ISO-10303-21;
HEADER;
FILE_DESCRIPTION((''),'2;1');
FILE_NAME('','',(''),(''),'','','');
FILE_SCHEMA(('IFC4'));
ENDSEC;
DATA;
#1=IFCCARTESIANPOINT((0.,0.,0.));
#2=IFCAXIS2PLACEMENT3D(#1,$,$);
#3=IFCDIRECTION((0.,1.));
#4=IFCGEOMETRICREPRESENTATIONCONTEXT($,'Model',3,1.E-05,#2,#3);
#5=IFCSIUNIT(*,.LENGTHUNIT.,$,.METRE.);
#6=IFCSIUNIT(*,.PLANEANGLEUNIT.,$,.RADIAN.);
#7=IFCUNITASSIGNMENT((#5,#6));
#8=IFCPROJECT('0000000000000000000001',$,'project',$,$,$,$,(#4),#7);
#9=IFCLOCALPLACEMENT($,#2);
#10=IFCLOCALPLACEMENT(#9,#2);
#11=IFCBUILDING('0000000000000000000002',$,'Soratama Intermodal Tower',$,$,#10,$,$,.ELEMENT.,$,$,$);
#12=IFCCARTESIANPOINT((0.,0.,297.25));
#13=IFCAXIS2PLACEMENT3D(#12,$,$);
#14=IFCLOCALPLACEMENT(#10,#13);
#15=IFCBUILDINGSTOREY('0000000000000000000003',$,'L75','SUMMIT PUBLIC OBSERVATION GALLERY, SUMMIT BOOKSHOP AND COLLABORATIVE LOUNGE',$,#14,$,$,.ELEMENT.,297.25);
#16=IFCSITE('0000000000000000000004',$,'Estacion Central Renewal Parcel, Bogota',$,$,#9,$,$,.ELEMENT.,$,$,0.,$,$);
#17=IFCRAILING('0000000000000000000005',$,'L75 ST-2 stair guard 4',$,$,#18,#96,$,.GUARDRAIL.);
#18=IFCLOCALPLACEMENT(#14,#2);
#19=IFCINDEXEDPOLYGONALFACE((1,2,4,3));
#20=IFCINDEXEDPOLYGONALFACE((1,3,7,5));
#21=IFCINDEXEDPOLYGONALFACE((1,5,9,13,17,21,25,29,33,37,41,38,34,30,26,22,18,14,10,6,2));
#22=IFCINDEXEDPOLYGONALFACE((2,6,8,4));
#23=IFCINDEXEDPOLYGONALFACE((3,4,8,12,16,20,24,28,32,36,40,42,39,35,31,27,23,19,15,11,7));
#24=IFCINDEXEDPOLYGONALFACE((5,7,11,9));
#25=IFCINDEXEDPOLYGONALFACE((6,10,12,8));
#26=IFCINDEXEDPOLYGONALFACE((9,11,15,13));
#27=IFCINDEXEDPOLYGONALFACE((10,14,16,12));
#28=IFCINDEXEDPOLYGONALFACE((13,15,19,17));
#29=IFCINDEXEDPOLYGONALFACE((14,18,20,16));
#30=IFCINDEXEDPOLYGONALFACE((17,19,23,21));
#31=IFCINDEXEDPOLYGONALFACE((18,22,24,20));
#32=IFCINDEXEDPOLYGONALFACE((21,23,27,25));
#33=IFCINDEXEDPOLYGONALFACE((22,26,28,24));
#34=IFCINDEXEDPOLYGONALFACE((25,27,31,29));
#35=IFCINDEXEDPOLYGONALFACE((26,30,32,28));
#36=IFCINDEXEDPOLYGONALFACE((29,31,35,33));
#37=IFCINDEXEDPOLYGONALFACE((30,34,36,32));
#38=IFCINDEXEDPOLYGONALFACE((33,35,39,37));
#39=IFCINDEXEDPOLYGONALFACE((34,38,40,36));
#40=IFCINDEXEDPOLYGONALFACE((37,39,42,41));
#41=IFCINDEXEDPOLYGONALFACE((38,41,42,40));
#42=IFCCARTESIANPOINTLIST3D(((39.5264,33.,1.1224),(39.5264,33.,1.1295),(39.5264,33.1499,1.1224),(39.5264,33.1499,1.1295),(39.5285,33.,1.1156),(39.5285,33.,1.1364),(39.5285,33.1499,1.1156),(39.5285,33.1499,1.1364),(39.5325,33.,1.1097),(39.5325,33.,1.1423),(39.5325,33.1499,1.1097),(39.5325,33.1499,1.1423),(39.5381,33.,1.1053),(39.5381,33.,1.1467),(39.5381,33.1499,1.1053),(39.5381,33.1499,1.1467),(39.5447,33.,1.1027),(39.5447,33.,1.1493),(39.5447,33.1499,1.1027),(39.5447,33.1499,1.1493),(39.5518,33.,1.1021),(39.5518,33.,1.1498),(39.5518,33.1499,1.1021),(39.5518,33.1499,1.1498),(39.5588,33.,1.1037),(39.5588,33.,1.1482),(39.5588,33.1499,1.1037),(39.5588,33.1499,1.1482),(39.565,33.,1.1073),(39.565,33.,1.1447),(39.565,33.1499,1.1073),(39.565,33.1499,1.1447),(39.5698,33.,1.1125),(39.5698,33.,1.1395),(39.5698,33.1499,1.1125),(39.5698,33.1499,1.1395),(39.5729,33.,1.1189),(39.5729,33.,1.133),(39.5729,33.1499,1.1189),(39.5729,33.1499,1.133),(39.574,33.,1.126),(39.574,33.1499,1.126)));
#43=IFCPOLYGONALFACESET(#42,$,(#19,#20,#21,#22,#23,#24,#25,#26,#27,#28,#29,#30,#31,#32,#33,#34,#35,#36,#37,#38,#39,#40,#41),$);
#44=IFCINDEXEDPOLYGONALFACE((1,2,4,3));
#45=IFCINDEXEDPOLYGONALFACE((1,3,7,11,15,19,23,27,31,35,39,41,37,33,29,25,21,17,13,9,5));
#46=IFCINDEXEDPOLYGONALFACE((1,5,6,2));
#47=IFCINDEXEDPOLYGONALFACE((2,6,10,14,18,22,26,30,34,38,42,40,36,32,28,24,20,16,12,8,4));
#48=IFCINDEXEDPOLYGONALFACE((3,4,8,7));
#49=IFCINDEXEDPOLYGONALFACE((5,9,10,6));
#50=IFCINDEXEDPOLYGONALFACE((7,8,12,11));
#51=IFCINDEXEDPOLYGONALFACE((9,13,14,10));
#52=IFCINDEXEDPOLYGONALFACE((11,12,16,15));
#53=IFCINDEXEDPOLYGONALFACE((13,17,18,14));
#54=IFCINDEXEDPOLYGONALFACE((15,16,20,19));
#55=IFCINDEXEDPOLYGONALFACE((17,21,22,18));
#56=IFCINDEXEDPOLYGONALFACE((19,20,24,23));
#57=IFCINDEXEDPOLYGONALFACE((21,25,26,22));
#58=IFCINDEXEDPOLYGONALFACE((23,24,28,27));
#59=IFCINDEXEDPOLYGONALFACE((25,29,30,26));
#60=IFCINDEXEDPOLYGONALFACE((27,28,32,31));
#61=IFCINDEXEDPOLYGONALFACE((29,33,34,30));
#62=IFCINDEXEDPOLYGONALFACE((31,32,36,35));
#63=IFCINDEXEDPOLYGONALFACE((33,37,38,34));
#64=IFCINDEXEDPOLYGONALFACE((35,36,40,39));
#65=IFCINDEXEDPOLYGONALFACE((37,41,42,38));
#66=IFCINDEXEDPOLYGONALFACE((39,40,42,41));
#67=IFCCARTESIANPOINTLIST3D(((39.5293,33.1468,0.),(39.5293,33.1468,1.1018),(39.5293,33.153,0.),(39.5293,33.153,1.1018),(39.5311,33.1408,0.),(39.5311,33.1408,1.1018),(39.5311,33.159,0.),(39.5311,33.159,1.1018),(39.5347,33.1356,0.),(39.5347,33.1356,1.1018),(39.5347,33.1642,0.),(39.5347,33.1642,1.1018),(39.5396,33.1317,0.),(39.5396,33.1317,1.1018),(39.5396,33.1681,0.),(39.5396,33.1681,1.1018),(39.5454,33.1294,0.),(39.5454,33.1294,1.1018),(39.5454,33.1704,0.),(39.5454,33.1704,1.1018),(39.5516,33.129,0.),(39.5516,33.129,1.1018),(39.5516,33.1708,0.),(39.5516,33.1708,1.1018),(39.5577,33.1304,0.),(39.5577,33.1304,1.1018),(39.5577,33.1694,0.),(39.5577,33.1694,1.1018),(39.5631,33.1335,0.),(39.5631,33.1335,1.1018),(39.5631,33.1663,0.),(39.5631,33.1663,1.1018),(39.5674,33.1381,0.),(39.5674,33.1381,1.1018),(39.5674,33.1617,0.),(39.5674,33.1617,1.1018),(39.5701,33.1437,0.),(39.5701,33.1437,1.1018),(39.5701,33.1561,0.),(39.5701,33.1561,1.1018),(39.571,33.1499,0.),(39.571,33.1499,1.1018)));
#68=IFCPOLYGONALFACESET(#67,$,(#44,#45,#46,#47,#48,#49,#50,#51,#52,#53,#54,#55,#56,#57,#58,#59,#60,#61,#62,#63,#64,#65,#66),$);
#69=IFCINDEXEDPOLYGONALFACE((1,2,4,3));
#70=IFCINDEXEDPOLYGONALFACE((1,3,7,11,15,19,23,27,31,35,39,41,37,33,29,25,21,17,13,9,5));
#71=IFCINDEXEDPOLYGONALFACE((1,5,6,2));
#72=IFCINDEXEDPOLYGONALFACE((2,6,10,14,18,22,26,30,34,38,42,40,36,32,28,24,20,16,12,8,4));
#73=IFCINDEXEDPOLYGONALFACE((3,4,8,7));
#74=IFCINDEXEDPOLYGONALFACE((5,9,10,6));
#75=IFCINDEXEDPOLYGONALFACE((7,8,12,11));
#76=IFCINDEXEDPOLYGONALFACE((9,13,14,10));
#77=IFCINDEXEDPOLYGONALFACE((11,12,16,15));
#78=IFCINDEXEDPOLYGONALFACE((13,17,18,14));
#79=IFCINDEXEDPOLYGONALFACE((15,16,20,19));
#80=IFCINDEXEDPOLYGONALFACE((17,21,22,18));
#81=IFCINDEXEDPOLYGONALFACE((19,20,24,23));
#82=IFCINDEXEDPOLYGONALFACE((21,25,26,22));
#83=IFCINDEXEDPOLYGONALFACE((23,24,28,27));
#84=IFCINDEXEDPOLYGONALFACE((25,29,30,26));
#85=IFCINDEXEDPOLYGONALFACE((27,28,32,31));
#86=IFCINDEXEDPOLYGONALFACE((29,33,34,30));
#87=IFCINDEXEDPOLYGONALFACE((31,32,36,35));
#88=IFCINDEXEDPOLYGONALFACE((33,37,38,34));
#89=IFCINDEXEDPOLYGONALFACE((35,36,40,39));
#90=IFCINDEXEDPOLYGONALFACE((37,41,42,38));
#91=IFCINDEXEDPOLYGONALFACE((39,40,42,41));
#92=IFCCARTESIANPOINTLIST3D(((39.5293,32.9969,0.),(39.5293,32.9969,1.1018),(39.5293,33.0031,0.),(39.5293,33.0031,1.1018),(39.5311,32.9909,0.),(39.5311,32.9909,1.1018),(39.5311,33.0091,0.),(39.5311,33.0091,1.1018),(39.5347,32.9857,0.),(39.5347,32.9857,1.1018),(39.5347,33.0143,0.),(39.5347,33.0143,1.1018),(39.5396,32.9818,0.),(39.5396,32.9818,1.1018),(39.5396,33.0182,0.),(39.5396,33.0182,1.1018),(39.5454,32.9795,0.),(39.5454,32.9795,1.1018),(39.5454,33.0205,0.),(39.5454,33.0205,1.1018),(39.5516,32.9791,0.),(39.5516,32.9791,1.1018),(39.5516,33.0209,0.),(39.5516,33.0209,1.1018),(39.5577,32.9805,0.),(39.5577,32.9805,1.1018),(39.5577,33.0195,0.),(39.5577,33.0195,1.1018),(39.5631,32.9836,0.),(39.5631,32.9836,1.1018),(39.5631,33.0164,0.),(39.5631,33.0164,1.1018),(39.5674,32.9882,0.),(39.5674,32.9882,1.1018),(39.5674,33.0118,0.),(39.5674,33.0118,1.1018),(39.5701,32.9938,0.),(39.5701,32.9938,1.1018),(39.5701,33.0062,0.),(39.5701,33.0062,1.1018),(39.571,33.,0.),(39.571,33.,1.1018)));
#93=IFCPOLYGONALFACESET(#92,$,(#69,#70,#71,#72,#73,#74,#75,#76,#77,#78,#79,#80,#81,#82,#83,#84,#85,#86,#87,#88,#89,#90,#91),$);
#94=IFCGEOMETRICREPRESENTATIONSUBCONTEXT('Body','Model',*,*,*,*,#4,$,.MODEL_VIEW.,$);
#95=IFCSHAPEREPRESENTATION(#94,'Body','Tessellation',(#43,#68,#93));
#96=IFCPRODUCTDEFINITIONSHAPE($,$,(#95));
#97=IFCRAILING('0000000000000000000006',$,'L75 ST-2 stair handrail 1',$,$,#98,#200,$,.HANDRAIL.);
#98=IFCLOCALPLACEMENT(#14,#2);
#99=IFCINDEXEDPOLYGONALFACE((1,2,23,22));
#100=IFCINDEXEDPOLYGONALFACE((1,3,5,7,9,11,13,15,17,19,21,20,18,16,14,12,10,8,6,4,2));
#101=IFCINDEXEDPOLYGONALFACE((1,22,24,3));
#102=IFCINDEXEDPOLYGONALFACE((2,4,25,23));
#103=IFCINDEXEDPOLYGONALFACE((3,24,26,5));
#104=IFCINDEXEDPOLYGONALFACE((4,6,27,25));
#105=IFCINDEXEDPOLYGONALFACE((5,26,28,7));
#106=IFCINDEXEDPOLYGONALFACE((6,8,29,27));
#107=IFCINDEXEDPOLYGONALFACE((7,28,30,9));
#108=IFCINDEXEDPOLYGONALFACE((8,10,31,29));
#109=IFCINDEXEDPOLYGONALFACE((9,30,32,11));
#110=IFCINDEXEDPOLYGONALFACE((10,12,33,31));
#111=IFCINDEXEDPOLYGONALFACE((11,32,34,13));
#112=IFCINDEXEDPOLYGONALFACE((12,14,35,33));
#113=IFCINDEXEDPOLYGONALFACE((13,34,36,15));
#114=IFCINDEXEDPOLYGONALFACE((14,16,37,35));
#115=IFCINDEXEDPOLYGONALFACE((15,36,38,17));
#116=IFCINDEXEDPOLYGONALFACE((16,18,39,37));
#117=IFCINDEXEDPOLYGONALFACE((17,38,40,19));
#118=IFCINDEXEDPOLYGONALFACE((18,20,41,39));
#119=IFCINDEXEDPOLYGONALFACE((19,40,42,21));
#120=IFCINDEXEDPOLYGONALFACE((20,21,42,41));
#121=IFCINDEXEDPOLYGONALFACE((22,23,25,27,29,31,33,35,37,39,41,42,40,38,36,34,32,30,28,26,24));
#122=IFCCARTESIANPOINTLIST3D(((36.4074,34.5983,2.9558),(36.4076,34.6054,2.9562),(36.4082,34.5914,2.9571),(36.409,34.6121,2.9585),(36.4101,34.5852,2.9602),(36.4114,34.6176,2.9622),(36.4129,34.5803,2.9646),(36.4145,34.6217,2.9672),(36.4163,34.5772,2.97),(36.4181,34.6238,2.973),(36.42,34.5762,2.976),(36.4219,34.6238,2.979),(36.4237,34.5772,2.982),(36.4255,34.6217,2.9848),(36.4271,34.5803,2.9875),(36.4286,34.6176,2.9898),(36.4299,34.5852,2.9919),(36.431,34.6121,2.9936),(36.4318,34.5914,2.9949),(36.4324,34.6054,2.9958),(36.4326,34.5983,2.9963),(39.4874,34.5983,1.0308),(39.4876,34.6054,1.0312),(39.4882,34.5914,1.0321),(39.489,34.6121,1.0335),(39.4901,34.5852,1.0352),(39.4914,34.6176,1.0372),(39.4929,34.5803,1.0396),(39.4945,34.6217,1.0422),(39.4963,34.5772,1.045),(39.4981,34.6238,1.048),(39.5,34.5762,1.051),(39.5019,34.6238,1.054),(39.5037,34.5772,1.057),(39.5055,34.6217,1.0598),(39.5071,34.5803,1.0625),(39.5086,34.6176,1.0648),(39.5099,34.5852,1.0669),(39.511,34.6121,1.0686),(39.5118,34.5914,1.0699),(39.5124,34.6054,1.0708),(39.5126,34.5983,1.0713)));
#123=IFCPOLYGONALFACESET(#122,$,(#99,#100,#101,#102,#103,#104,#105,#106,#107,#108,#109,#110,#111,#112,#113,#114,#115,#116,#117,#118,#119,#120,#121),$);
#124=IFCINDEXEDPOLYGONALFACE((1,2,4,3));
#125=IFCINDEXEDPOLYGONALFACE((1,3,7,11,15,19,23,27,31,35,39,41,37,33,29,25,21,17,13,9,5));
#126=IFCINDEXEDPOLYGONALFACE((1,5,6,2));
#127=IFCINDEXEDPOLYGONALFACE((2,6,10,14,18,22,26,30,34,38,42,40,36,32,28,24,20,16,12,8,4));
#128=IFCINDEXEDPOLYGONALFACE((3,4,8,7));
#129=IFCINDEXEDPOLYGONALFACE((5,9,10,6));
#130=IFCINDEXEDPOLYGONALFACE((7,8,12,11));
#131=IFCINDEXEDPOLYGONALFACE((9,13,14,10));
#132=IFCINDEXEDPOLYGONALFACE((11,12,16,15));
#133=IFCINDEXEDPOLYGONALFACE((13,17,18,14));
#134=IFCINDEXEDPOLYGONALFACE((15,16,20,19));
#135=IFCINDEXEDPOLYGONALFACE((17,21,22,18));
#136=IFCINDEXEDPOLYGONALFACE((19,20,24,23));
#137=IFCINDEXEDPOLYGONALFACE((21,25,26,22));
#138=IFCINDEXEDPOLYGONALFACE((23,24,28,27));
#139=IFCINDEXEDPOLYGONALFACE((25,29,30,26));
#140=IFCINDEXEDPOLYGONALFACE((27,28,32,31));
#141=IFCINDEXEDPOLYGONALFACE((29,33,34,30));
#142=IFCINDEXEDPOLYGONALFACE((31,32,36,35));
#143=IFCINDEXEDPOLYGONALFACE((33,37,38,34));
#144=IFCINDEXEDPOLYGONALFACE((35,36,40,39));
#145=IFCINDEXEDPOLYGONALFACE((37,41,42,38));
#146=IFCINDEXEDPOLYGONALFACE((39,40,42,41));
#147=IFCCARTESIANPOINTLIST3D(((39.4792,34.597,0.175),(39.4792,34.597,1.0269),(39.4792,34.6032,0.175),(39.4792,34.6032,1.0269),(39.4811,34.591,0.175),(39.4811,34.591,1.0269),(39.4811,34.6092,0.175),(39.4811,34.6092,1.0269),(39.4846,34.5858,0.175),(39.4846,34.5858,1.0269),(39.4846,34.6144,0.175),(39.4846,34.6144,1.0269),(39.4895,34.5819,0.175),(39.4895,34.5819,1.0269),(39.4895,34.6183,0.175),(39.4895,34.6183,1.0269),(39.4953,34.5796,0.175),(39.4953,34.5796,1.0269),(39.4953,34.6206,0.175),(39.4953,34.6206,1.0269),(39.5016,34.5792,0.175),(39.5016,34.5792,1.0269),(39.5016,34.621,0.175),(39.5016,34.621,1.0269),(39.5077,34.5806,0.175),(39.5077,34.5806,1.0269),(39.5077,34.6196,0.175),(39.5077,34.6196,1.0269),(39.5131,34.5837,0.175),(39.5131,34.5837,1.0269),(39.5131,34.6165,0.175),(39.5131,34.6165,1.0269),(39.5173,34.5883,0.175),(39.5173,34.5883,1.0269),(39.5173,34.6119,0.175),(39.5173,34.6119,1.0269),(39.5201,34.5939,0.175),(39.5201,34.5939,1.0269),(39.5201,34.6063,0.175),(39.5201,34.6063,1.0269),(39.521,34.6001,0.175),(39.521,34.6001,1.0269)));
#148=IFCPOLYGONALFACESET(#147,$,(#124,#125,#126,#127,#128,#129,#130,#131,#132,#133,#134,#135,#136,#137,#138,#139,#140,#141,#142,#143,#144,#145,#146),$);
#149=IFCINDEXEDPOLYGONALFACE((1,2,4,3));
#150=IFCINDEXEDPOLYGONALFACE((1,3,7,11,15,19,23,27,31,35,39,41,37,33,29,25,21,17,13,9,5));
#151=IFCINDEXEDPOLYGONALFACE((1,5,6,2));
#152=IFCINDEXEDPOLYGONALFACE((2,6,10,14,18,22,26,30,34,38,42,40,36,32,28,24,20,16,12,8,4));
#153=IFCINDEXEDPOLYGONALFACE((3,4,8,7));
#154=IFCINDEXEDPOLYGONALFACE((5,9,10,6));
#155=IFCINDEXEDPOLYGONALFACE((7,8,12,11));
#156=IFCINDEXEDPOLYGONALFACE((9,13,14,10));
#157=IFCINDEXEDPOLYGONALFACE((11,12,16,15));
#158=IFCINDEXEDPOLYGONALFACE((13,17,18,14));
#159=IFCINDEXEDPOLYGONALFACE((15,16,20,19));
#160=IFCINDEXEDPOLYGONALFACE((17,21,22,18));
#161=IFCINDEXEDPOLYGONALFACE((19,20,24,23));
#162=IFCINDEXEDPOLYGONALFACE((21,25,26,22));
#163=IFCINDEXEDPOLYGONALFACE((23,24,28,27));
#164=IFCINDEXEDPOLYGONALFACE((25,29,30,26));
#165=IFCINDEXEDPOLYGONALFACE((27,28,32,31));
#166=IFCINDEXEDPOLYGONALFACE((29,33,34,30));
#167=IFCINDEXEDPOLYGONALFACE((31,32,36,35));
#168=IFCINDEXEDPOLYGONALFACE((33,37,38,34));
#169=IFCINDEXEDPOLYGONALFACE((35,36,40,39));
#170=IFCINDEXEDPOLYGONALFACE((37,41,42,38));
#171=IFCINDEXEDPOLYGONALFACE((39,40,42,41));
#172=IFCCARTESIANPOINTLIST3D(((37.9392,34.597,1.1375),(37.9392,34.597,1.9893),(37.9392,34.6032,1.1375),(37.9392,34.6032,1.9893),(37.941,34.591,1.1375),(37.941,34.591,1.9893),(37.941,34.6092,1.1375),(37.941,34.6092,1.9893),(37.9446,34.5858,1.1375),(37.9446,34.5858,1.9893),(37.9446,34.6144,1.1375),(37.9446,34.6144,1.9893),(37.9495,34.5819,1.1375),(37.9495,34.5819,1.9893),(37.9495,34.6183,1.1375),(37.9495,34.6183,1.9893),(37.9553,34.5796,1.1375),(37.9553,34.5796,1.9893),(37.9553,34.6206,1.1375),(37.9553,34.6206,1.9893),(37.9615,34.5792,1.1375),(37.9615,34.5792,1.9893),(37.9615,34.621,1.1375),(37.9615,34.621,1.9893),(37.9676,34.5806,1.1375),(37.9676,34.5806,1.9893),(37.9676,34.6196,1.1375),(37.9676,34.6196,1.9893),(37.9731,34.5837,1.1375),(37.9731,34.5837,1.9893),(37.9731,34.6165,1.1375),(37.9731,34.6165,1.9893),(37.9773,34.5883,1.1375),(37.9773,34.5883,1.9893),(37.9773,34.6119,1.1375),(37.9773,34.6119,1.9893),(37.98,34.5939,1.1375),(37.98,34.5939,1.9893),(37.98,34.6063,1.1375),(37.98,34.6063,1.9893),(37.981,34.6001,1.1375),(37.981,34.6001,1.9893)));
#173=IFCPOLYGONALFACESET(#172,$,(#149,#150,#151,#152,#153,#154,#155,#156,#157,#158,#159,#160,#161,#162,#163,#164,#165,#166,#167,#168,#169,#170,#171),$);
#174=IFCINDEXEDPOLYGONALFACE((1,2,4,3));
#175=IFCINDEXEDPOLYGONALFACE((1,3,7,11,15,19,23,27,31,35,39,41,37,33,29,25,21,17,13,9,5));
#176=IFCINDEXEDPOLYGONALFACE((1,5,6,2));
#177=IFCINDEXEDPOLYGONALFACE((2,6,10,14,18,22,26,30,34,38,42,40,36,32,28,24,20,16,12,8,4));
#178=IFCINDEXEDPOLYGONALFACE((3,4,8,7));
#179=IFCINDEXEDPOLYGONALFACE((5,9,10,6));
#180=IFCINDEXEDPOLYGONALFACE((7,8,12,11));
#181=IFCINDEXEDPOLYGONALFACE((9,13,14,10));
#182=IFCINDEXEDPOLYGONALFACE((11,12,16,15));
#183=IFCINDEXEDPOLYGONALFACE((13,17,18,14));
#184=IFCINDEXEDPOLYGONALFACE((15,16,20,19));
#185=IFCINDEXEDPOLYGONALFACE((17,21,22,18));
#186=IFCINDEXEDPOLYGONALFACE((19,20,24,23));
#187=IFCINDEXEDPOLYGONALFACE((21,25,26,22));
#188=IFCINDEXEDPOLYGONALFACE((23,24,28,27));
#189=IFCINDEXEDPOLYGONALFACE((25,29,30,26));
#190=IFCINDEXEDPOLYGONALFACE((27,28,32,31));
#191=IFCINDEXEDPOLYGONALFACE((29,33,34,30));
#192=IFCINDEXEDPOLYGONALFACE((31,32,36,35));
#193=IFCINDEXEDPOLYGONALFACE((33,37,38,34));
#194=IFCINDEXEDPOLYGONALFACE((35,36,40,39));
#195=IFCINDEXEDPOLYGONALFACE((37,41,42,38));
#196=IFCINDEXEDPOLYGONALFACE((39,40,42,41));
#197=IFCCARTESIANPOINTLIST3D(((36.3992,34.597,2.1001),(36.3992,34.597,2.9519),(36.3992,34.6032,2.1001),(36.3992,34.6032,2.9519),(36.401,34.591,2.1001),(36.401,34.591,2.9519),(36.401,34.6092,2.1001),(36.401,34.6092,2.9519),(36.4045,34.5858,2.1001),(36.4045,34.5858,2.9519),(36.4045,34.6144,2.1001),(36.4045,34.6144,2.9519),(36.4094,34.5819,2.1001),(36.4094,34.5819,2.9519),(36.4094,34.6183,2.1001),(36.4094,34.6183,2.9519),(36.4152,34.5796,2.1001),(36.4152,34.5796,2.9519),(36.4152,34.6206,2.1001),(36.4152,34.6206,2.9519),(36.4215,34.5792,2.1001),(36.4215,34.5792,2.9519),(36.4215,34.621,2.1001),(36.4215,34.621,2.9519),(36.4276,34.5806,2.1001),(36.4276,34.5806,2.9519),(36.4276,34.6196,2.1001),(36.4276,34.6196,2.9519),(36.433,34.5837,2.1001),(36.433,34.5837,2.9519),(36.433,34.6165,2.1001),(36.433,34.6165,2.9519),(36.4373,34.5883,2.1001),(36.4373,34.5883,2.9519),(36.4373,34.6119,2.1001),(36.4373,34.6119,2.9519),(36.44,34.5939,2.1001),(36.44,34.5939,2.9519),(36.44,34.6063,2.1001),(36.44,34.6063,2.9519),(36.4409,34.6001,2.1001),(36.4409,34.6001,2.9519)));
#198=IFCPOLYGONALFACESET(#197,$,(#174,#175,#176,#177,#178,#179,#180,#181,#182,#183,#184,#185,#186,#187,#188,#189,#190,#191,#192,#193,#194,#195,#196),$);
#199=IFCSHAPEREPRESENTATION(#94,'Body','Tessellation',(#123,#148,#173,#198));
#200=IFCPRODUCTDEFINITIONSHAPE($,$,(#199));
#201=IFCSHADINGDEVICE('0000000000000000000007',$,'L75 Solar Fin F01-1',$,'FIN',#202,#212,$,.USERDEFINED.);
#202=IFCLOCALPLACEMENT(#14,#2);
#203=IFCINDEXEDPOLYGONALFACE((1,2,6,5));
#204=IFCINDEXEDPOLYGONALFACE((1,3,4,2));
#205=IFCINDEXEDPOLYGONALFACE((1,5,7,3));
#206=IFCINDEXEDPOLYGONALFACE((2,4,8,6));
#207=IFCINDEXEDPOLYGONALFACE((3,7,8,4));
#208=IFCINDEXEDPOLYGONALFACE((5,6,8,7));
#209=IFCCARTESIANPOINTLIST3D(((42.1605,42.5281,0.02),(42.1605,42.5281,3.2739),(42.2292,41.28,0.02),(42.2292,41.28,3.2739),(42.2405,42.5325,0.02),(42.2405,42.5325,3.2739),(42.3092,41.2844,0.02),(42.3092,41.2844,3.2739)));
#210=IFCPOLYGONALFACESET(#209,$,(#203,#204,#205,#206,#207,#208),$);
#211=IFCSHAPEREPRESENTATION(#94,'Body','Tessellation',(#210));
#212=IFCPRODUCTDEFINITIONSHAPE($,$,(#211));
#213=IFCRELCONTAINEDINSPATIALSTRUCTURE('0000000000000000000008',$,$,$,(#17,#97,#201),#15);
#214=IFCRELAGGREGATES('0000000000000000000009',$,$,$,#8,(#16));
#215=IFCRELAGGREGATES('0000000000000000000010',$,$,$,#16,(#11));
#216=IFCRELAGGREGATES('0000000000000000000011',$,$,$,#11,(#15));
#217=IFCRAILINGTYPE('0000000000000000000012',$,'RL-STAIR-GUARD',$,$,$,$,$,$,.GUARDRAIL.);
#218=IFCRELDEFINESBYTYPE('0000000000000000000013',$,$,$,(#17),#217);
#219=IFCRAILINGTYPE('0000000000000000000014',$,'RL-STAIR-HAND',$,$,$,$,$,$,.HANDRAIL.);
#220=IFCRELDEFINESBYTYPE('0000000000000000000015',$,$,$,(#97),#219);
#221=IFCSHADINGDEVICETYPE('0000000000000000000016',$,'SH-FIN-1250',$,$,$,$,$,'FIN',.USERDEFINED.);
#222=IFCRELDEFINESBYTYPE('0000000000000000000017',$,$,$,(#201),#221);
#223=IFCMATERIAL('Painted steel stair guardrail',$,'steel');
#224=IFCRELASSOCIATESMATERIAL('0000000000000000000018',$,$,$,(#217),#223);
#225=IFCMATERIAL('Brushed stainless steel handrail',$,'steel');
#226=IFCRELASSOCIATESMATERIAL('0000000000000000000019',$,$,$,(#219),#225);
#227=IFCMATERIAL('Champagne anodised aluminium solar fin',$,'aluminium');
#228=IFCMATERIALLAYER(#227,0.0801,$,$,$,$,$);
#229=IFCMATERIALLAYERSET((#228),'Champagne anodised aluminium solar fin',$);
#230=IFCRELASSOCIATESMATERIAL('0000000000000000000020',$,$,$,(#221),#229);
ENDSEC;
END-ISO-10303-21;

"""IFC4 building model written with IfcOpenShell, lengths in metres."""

from ifc_helpers import new_model, si_unit, direction, frame, origin, origin_2d, place, context, subcontext, project, spatial, rectangle, circle, extrude, material, layer, layer_set, type_object, element, save


model = new_model("IFC4")

# Units and contexts
model_context = context("Model", 3, precision=1e-05, world=origin(), true_north=direction((0.0, 1.0)))
body_context = subcontext(model_context, "Body", "Model", "MODEL_VIEW")
ifc_project = project(units=[si_unit("LENGTHUNIT", "METRE"), si_unit("PLANEANGLEUNIT", "RADIAN")], contexts=[model_context])

# Site, building, storey
site_placement = place(None, origin())
site = spatial("IfcSite", under=ifc_project, at=site_placement, Name="Estacion Central Renewal Parcel, Bogota", CompositionType="ELEMENT", RefElevation=0.0)
building_placement = place(site_placement, origin())
building = spatial("IfcBuilding", under=site, at=building_placement, Name="Soratama Intermodal Tower", CompositionType="ELEMENT")
storey_placement = place(building_placement, frame((0.0, 0.0, 297.25)))
storey = spatial("IfcBuildingStorey", under=building, at=storey_placement, Name="L75", Description="SUMMIT PUBLIC OBSERVATION GALLERY, SUMMIT BOOKSHOP AND COLLABORATIVE LOUNGE", CompositionType="ELEMENT", Elevation=297.25)

# Railings
ifc_material_1 = material(Name="Painted steel stair guardrail", Category="steel")
railing_type_1 = type_object("IfcRailingType", Name="RL-STAIR-GUARD", PredefinedType="GUARDRAIL", material=ifc_material_1)
railing_1_placement = place(storey_placement, frame((39.55, 33.1499, 0.0)))
element("IfcRailing", 1, at=railing_1_placement, inside=storey, type_object=railing_type_1, Name="L75 ST-2 stair guard 4", PredefinedType="GUARDRAIL", context=body_context, shape_type="SweptSolid", body=[
    extrude(circle(Radius=0.0239, at=origin_2d()), frame((0.0, 0.0, 1.126), z_axis=(0.0, -1.0, 0.0), x_axis=(1.0, 0.0, 0.0)), (0.0, 0.0, 1.0), 0.1499),
    extrude(circle(Radius=0.021, at=origin_2d()), origin(), (0.0, 0.0, 1.0), 1.1018),
    extrude(circle(Radius=0.021, at=origin_2d()), frame((0.0, -0.1499, 0.0)), (0.0, 0.0, 1.0), 1.1018),
])
ifc_material_2 = material(Name="Brushed stainless steel handrail", Category="steel")
railing_type_2 = type_object("IfcRailingType", Name="RL-STAIR-HAND", PredefinedType="HANDRAIL", material=ifc_material_2)
railing_2_placement = place(storey_placement, frame((39.5, 34.6001, 0.175)))
element("IfcRailing", 2, at=railing_2_placement, inside=storey, type_object=railing_type_2, Name="L75 ST-2 stair handrail 1", PredefinedType="HANDRAIL", context=body_context, shape_type="SweptSolid", body=[
    extrude(circle(Radius=0.0239, at=origin_2d()), frame((0.0, 0.0, 0.876), z_axis=(-0.847998, 0.0, 0.529999), x_axis=(0.0, -1.0, 0.0)), (0.0, 0.0, 1.0), 3.6321),
    extrude(circle(Radius=0.021, at=origin_2d()), origin(), (0.0, 0.0, 1.0), 0.8518),
    extrude(circle(Radius=0.021, at=origin_2d()), frame((-1.54, 0.0, 0.9624)), (0.0, 0.0, 1.0), 0.8518),
    extrude(circle(Radius=0.021, at=origin_2d()), frame((-3.0801, 0.0, 1.925)), (0.0, 0.0, 1.0), 0.8518),
])

# Shading device
ifc_material_3 = material(Name="Champagne anodised aluminium solar fin", Category="aluminium")
ifc_layer_1 = layer(ifc_material_3, 0.0801)
ifc_layer_set_1 = layer_set([ifc_layer_1], Name="Champagne anodised aluminium solar fin")
shading_device_type = type_object("IfcShadingDeviceType", Name="SH-FIN-1250", ElementType="FIN", PredefinedType="USERDEFINED", material=ifc_layer_set_1)
shading_device_placement = place(storey_placement, frame((42.2349, 41.9062, 0.02), z_axis=(0.0, 0.0, 1.0), x_axis=(-0.05495, 0.998489, 0.0)))
element("IfcShadingDevice", 3, at=shading_device_placement, inside=storey, type_object=shading_device_type, Name="L75 Solar Fin F01-1", ObjectType="FIN", PredefinedType="USERDEFINED", context=body_context, shape_type="SweptSolid", body=[
    extrude(rectangle(XDim=1.25, YDim=0.0801, at=origin_2d()), origin(), (0.0, 0.0, 1.0), 3.2539),
])

save(model, "model.ifc")
